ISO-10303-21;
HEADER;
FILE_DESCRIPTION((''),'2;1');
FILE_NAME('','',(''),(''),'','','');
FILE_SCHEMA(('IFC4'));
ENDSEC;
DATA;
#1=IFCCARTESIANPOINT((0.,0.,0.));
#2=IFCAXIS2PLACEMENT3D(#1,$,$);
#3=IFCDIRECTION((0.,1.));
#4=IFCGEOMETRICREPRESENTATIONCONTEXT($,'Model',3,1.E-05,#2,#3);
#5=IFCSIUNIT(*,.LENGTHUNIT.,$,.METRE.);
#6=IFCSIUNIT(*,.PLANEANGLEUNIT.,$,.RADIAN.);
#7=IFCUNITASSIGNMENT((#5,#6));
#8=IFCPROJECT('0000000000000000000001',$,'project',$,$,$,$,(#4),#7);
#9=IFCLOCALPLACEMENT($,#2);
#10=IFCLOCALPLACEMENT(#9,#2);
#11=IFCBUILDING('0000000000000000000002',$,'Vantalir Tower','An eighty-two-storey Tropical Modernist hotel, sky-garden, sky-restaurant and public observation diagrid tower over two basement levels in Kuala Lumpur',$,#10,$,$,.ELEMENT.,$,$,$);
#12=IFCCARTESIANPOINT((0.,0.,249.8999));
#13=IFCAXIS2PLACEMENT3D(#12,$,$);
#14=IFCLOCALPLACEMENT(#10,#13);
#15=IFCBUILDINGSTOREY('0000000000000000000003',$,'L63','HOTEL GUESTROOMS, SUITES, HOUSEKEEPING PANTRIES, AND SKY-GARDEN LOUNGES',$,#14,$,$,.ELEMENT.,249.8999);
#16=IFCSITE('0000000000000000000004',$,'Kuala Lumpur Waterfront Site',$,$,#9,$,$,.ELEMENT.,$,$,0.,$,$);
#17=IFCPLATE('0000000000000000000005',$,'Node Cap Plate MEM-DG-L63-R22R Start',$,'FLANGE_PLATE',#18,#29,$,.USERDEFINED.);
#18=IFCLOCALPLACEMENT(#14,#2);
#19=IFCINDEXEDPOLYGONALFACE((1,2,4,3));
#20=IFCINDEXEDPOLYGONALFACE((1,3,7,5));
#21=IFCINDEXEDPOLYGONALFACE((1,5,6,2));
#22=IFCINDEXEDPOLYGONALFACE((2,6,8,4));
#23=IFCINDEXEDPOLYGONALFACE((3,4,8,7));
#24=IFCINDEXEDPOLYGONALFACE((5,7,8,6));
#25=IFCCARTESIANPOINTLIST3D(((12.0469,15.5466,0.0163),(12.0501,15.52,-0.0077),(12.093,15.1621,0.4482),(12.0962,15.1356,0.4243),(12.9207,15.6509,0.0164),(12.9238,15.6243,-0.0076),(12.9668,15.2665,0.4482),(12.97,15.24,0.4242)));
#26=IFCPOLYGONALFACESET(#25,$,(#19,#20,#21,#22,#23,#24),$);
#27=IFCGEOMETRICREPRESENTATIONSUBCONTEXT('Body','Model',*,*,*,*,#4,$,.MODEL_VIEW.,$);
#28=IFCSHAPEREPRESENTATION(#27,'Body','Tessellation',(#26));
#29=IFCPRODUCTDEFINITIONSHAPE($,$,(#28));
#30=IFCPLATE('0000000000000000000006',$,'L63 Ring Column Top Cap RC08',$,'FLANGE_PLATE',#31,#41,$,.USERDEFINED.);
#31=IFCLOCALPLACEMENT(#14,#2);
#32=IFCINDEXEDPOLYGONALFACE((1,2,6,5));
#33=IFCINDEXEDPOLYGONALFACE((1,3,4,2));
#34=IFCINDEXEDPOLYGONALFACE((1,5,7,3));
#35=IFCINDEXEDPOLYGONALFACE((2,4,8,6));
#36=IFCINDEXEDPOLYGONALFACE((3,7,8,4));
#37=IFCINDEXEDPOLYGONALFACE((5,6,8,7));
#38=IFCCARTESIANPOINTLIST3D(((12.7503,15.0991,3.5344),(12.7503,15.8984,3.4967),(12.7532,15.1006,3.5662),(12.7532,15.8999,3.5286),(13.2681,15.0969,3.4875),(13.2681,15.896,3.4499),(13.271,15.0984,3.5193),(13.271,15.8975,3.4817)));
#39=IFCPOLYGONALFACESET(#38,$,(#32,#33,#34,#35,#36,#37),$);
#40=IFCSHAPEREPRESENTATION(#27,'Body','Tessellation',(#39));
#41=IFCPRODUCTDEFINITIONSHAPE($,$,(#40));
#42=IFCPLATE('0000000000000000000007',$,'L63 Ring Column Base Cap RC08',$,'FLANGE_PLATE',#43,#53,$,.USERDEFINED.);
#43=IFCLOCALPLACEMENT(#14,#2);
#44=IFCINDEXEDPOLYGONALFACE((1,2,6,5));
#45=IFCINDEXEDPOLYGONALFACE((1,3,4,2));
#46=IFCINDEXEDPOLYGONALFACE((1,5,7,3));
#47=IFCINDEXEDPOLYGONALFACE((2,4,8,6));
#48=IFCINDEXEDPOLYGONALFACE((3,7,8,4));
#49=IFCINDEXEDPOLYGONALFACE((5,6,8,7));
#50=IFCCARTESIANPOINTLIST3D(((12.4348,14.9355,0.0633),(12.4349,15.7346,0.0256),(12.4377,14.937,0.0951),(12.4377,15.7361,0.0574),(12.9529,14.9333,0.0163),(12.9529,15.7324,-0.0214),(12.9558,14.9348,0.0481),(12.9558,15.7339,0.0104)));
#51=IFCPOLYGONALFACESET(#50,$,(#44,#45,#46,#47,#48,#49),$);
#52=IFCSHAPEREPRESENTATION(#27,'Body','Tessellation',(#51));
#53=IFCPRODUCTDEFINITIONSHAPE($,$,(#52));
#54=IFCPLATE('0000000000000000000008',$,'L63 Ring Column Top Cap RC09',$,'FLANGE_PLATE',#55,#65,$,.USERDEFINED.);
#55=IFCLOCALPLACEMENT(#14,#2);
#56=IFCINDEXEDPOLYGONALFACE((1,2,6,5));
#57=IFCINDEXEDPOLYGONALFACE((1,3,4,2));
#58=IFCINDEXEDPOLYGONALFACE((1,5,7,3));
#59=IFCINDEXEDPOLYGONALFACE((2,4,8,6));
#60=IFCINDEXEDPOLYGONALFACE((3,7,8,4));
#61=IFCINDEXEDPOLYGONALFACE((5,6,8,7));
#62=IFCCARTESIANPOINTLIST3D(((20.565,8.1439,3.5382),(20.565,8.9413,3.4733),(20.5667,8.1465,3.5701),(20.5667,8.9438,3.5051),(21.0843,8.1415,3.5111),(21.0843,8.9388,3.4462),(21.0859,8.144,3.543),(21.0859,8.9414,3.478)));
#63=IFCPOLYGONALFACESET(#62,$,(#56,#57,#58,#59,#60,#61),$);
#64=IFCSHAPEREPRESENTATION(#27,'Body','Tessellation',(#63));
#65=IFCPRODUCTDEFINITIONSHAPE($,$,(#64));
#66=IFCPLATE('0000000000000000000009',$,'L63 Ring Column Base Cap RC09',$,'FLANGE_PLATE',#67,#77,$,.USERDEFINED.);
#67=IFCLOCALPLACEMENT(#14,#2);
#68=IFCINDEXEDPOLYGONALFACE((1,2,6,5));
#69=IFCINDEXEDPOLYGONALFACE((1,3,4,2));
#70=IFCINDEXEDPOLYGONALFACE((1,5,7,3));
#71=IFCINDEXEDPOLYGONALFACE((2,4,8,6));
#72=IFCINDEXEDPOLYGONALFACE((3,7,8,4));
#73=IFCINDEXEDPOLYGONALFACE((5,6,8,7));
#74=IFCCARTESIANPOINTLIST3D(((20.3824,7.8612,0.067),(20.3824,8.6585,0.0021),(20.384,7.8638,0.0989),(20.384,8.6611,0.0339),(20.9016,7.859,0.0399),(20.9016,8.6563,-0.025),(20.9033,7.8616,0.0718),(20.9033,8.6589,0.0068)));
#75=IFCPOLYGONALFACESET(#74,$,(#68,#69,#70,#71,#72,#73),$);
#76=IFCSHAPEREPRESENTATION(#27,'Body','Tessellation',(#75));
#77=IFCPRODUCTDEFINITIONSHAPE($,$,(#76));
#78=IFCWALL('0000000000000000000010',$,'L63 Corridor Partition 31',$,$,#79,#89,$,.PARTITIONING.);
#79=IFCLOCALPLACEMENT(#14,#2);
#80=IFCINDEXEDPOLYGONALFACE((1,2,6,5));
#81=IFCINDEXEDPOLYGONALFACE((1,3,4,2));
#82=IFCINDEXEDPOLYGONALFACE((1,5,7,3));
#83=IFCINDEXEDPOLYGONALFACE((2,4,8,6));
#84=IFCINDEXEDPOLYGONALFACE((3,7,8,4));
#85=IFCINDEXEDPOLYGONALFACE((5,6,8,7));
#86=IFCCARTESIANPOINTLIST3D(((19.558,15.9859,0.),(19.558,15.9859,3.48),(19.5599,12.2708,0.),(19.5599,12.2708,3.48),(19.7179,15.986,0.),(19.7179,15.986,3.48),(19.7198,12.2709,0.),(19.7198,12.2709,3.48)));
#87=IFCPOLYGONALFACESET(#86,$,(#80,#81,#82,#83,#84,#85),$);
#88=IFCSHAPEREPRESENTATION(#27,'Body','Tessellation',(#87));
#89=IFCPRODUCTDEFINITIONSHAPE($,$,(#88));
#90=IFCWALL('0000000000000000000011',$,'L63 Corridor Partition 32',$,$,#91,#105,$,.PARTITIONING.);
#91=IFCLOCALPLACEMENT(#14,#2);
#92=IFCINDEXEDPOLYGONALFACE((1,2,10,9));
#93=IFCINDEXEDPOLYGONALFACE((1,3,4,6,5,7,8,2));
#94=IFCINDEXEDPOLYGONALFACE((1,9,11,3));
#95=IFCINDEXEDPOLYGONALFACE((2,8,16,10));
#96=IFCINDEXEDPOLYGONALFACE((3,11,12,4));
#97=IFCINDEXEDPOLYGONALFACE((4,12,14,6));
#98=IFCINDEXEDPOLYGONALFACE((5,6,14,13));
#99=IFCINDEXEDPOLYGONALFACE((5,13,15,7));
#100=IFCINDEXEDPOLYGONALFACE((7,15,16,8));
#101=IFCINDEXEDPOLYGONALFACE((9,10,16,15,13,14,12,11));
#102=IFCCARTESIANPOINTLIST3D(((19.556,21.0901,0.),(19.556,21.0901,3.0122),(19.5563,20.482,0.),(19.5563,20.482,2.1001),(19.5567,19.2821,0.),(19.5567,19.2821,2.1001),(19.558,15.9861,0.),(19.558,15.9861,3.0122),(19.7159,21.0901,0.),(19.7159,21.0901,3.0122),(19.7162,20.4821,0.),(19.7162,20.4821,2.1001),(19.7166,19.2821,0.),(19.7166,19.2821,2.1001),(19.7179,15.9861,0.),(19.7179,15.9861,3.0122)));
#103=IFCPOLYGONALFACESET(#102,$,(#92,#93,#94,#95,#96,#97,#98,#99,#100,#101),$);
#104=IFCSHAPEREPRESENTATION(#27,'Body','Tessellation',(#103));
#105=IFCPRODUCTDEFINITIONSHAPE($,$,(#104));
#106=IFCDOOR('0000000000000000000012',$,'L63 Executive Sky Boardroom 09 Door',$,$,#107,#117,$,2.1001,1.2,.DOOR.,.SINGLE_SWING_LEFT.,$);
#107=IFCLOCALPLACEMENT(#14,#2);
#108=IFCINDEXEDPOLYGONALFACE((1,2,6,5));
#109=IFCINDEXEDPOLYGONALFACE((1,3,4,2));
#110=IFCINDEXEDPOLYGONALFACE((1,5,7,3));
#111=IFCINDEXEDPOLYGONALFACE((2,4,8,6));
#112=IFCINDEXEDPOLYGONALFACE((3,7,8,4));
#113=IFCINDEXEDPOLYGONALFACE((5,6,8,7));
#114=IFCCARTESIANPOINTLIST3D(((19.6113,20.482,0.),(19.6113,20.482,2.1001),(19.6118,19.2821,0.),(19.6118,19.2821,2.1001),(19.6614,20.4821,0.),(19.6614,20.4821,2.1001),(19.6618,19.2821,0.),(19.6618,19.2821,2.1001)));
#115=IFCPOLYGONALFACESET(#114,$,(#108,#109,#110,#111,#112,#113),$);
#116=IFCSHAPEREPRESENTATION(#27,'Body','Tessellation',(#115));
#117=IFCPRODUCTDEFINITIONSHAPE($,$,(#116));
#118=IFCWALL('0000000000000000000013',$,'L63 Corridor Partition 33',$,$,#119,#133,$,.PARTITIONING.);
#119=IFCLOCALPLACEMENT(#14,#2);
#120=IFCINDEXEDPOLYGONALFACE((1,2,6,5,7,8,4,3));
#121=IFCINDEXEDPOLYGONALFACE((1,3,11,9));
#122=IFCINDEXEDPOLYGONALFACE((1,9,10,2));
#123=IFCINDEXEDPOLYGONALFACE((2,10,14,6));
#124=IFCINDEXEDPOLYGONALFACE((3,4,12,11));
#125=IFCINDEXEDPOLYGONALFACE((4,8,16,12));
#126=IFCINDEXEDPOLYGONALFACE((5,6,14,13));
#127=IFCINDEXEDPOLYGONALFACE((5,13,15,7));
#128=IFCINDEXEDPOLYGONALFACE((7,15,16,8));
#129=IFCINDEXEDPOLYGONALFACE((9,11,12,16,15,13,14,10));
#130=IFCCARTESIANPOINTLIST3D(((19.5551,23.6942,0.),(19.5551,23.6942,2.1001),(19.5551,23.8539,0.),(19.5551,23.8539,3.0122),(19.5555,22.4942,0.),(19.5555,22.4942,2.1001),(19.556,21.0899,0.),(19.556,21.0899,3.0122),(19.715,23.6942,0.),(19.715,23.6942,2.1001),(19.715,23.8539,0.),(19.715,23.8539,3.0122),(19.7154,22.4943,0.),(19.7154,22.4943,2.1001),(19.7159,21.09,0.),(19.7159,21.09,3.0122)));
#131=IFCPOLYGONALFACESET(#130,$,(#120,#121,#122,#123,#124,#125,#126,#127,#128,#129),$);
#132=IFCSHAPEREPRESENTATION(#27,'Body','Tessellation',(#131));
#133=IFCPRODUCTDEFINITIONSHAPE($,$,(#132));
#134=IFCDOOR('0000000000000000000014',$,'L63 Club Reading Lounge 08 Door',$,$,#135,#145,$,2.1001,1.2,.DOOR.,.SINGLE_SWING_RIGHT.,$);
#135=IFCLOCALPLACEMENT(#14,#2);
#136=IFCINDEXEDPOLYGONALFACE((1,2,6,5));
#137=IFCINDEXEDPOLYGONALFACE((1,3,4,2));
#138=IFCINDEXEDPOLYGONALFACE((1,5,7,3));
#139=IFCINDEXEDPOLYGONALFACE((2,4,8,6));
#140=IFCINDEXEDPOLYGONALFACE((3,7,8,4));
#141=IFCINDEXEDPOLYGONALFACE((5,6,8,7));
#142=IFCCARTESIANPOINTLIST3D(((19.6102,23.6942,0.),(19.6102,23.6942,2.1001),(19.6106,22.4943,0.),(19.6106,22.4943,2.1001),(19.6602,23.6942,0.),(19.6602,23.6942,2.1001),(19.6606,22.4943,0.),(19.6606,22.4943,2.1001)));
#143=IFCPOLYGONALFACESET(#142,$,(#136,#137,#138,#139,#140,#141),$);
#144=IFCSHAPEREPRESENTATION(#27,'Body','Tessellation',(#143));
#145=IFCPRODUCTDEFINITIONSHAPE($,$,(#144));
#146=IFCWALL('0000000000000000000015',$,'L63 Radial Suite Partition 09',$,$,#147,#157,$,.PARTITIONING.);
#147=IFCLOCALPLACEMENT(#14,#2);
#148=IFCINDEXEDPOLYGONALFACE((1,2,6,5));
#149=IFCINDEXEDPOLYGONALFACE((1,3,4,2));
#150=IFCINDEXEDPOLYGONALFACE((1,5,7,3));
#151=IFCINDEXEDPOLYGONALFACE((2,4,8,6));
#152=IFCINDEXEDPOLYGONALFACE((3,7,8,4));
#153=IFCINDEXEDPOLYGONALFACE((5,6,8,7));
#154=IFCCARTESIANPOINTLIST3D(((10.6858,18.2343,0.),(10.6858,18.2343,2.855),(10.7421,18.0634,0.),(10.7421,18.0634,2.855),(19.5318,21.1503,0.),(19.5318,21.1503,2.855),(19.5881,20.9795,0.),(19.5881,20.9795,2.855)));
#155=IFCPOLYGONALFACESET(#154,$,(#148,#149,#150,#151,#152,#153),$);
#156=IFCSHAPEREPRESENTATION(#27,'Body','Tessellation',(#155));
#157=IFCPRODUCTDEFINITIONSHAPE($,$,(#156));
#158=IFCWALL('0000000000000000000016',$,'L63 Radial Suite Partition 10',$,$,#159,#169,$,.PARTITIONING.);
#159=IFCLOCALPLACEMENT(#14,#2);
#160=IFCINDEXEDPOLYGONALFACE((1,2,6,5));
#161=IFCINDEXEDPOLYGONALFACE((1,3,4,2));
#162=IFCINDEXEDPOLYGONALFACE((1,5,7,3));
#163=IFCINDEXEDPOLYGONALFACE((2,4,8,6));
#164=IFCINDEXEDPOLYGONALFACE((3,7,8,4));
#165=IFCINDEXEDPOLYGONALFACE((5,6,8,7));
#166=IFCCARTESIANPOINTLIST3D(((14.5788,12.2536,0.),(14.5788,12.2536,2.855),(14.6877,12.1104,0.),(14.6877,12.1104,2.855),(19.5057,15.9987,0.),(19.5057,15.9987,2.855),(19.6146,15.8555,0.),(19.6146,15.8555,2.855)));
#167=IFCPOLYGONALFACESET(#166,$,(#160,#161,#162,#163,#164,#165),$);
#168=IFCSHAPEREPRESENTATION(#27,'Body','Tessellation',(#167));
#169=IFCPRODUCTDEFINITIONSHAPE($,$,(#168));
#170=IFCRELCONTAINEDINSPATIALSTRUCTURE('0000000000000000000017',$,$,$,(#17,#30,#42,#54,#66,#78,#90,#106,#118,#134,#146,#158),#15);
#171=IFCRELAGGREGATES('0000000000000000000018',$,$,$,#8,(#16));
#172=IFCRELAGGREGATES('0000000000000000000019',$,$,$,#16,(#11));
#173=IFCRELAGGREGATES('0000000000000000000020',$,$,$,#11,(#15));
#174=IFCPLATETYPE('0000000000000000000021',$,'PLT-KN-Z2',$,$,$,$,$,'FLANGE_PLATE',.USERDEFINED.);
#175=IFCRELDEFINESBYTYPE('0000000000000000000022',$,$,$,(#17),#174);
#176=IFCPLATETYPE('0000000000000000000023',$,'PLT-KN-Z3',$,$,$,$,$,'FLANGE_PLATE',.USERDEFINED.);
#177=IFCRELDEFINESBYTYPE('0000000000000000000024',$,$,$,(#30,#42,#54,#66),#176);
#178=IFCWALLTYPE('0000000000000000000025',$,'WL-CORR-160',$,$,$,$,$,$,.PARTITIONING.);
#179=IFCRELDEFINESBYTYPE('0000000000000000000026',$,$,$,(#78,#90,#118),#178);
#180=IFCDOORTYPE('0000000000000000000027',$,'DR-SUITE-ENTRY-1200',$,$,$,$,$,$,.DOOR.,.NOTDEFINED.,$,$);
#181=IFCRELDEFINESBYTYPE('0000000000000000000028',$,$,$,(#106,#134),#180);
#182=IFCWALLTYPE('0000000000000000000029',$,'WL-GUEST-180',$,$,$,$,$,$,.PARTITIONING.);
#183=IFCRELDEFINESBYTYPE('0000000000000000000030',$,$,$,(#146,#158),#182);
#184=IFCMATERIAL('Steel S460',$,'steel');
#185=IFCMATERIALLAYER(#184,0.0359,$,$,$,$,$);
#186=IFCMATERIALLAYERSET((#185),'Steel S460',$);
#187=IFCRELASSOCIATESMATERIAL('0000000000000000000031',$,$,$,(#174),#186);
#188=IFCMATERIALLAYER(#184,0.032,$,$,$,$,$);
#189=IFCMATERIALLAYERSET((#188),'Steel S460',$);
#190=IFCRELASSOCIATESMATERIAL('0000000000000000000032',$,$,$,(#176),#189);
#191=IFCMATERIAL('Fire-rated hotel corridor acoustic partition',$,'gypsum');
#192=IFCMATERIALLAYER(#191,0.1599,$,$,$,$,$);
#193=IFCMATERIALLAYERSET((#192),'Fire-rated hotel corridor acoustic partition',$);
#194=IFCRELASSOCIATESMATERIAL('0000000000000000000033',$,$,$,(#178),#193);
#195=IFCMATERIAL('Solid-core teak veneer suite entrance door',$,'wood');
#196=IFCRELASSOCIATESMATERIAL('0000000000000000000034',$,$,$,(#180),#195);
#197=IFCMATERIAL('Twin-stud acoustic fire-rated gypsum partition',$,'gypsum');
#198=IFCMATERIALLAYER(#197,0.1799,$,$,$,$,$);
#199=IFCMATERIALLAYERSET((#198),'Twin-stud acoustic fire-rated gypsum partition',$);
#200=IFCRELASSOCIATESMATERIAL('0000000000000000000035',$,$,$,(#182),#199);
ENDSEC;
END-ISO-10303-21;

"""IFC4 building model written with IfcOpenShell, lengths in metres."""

from ifc_helpers import new_model, si_unit, direction, frame, frame_2d, origin, place, context, subcontext, project, spatial, polyline, rectangle, outline, extrude, material, layer, layer_set, type_object, element, fill, save


model = new_model("IFC4")

# Units and contexts
model_context = context("Model", 3, precision=1e-05, world=origin(), true_north=direction((0.0, 1.0)))
body_context = subcontext(model_context, "Body", "Model", "MODEL_VIEW")
ifc_project = project(units=[si_unit("LENGTHUNIT", "METRE"), si_unit("PLANEANGLEUNIT", "RADIAN")], contexts=[model_context])

# Site, building, storey
site_placement = place(None, origin())
site = spatial("IfcSite", under=ifc_project, at=site_placement, Name="Kuala Lumpur Waterfront Site", CompositionType="ELEMENT", RefElevation=0.0)
building_placement = place(site_placement, origin())
building = spatial("IfcBuilding", under=site, at=building_placement, Name="Vantalir Tower", Description="An eighty-two-storey Tropical Modernist hotel, sky-garden, sky-restaurant and public observation diagrid tower over two basement levels in Kuala Lumpur", CompositionType="ELEMENT")
storey_placement = place(building_placement, frame((0.0, 0.0, 249.8999)))
storey = spatial("IfcBuildingStorey", under=building, at=storey_placement, Name="L63", Description="HOTEL GUESTROOMS, SUITES, HOUSEKEEPING PANTRIES, AND SKY-GARDEN LOUNGES", CompositionType="ELEMENT", Elevation=249.8999)

# Shared definitions
ifc_material_1 = material(Name="Steel S460", Category="steel")

# Plates
ifc_layer_1 = layer(ifc_material_1, 0.0359)
ifc_layer_set_1 = layer_set([ifc_layer_1], Name="Steel S460")
plate_type_1 = type_object("IfcPlateType", Name="PLT-KN-Z2", ElementType="FLANGE_PLATE", PredefinedType="USERDEFINED", material=ifc_layer_set_1)
plate_1_placement = place(storey_placement, frame((12.9207, 15.6509, 0.0164), z_axis=(-0.088314, 0.739355, 0.667499), x_axis=(-0.992949, -0.118543, -0.000068)))
element("IfcPlate", 1, at=plate_1_placement, inside=storey, type_object=plate_type_1, Name="Node Cap Plate MEM-DG-L63-R22R Start", ObjectType="FLANGE_PLATE", PredefinedType="USERDEFINED", context=body_context, shape_type="SweptSolid", body=[
    extrude(outline(polyline([(0.0, 0.0), (0.88, 0.0), (0.8797, 0.5801), (-0.0003, 0.5799), (0.0, 0.0)])), origin(), (0.0, 0.0, -1.0), 0.0359),
])
ifc_layer_2 = layer(ifc_material_1, 0.032)
ifc_layer_set_2 = layer_set([ifc_layer_2], Name="Steel S460")
plate_type_2 = type_object("IfcPlateType", Name="PLT-KN-Z3", ElementType="FLANGE_PLATE", PredefinedType="USERDEFINED", material=ifc_layer_set_2)
plate_2_placement = place(storey_placement, frame((12.7532, 15.8999, 3.5286), z_axis=(0.090264, 0.046801, 0.994818), x_axis=(0.000001, -0.998895, 0.046992)))
element("IfcPlate", 2, at=plate_2_placement, inside=storey, type_object=plate_type_2, Name="L63 Ring Column Top Cap RC08", ObjectType="FLANGE_PLATE", PredefinedType="USERDEFINED", context=body_context, shape_type="SweptSolid", body=[
    extrude(outline(polyline([(0.0, 0.0), (0.8002, 0.0), (0.8002, 0.5199), (0.0002, 0.5199), (0.0, 0.0)])), origin(), (0.0, 0.0, -1.0), 0.032),
])
plate_3_placement = place(storey_placement, frame((12.4377, 15.7361, 0.0574), z_axis=(0.090443, 0.046959, 0.994794), x_axis=(-0.000014, -0.998888, 0.047153)))
element("IfcPlate", 3, at=plate_3_placement, inside=storey, type_object=plate_type_2, Name="L63 Ring Column Base Cap RC08", ObjectType="FLANGE_PLATE", PredefinedType="USERDEFINED", context=body_context, shape_type="SweptSolid", body=[
    extrude(outline(polyline([(0.0, 0.0), (0.8, 0.0), (0.7999, 0.5202), (0.0, 0.5202), (0.0, 0.0)])), origin(), (0.0, 0.0, -1.0), 0.032),
])
plate_4_placement = place(storey_placement, frame((20.5667, 8.9438, 3.5051), z_axis=(0.052324, 0.081065, 0.995334), x_axis=(0.0, -0.9967, 0.081176)))
element("IfcPlate", 4, at=plate_4_placement, inside=storey, type_object=plate_type_2, Name="L63 Ring Column Top Cap RC09", ObjectType="FLANGE_PLATE", PredefinedType="USERDEFINED", context=body_context, shape_type="SweptSolid", body=[
    extrude(outline(polyline([(0.0, 0.0), (0.8, 0.0), (0.8002, 0.52), (0.0002, 0.52), (0.0, 0.0)])), origin(), (0.0, 0.0, -1.0), 0.032),
])
plate_5_placement = place(storey_placement, frame((20.384, 8.6611, 0.0339), z_axis=(0.052286, 0.081065, 0.995336), x_axis=(0.0, -0.9967, 0.081176)))
element("IfcPlate", 5, at=plate_5_placement, inside=storey, type_object=plate_type_2, Name="L63 Ring Column Base Cap RC09", ObjectType="FLANGE_PLATE", PredefinedType="USERDEFINED", context=body_context, shape_type="SweptSolid", body=[
    extrude(outline(polyline([(0.0, 0.0), (0.8, 0.0), (0.8, 0.52), (0.0, 0.52), (0.0, 0.0)])), origin(), (0.0, 0.0, -1.0), 0.032),
])

# Wall
ifc_material_2 = material(Name="Fire-rated hotel corridor acoustic partition", Category="gypsum")
ifc_layer_3 = layer(ifc_material_2, 0.1599)
ifc_layer_set_3 = layer_set([ifc_layer_3], Name="Fire-rated hotel corridor acoustic partition")
wall_type_1 = type_object("IfcWallType", Name="WL-CORR-160", PredefinedType="PARTITIONING", material=ifc_layer_set_3)
wall_1_placement = place(storey_placement, frame((19.6399, 12.271, 0.0), z_axis=(0.0, 0.0, 1.0), x_axis=(-0.000526, 1.0, 0.0)))
element("IfcWall", 6, at=wall_1_placement, inside=storey, type_object=wall_type_1, Name="L63 Corridor Partition 31", PredefinedType="PARTITIONING", context=body_context, shape_type="SweptSolid", body=[
    extrude(rectangle(XDim=3.7151, YDim=0.1599, at=frame_2d((1.8574, 0.0))), origin(), (0.0, 0.0, 1.0), 3.48),
])

# Walls, openings, doors
wall_2_placement = place(storey_placement, frame((19.6379, 15.9861, 0.0), z_axis=(0.0, 0.0, 1.0), x_axis=(-0.000383, 1.0, 0.0)))
wall_2 = element("IfcWall", 7, at=wall_2_placement, inside=storey, type_object=wall_type_1, Name="L63 Corridor Partition 32", PredefinedType="PARTITIONING", context=body_context, shape_type="SweptSolid", body=[
    extrude(rectangle(XDim=5.104, YDim=0.1599, at=frame_2d((2.552, 0.0))), origin(), (0.0, 0.0, 1.0), 3.0122),
])
opening_1_placement = place(wall_2_placement, frame((3.2959, 0.0, 0.0)))
opening_1 = element("IfcOpeningElement", 8, at=opening_1_placement, cuts=wall_2, PredefinedType="OPENING", context=body_context, shape_type="SweptSolid", body=[
    extrude(rectangle(XDim=1.2, YDim=2.1001, at=frame_2d((0.6001, 1.05))), frame((0.0, 0.0898, 0.0), z_axis=(0.0, -1.0, 0.0), x_axis=(1.0, 0.0, 0.0)), (0.0, 0.0, 1.0), 0.1799),
])
ifc_material_3 = material(Name="Solid-core teak veneer suite entrance door", Category="wood")
door_type = type_object("IfcDoorType", Name="DR-SUITE-ENTRY-1200", OperationType="NOTDEFINED", PredefinedType="DOOR", material=ifc_material_3)
door_1_placement = place(opening_1_placement, origin())
door_1 = element("IfcDoor", 9, at=door_1_placement, inside=storey, type_object=door_type, Name="L63 Executive Sky Boardroom 09 Door", OperationType="SINGLE_SWING_LEFT", OverallHeight=2.1001, OverallWidth=1.2, PredefinedType="DOOR", context=body_context, shape_type="SweptSolid", body=[
    extrude(rectangle(XDim=1.2, YDim=2.1001, at=frame_2d((0.6001, 1.05))), frame((0.0, 0.0249, 0.0), z_axis=(0.0, -1.0, 0.0), x_axis=(1.0, 0.0, 0.0)), (0.0, 0.0, 1.0), 0.05),
])
fill(opening_1, door_1)
wall_3_placement = place(storey_placement, frame((19.636, 21.0901, 0.0), z_axis=(0.0, 0.0, 1.0), x_axis=(-0.000353, 1.0, 0.0)))
wall_3 = element("IfcWall", 10, at=wall_3_placement, inside=storey, type_object=wall_type_1, Name="L63 Corridor Partition 33", PredefinedType="PARTITIONING", context=body_context, shape_type="SweptSolid", body=[
    extrude(rectangle(XDim=2.7639, YDim=0.1599, at=frame_2d((1.3818, 0.0))), origin(), (0.0, 0.0, 1.0), 3.0122),
])
opening_2_placement = place(wall_3_placement, frame((1.4041, 0.0, 0.0)))
opening_2 = element("IfcOpeningElement", 11, at=opening_2_placement, cuts=wall_3, PredefinedType="OPENING", context=body_context, shape_type="SweptSolid", body=[
    extrude(rectangle(XDim=1.2, YDim=2.1001, at=frame_2d((0.6001, 1.05))), frame((0.0, 0.0898, 0.0), z_axis=(0.0, -1.0, 0.0), x_axis=(1.0, 0.0, 0.0)), (0.0, 0.0, 1.0), 0.1799),
])
door_2_placement = place(opening_2_placement, origin())
door_2 = element("IfcDoor", 12, at=door_2_placement, inside=storey, type_object=door_type, Name="L63 Club Reading Lounge 08 Door", OperationType="SINGLE_SWING_RIGHT", OverallHeight=2.1001, OverallWidth=1.2, PredefinedType="DOOR", context=body_context, shape_type="SweptSolid", body=[
    extrude(rectangle(XDim=1.2, YDim=2.1001, at=frame_2d((0.6001, 1.05))), frame((0.0, 0.0249, 0.0), z_axis=(0.0, -1.0, 0.0), x_axis=(1.0, 0.0, 0.0)), (0.0, 0.0, 1.0), 0.05),
])
fill(opening_2, door_2)

# Walls
ifc_material_4 = material(Name="Twin-stud acoustic fire-rated gypsum partition", Category="gypsum")
ifc_layer_4 = layer(ifc_material_4, 0.1799)
ifc_layer_set_4 = layer_set([ifc_layer_4], Name="Twin-stud acoustic fire-rated gypsum partition")
wall_type_2 = type_object("IfcWallType", Name="WL-GUEST-180", PredefinedType="PARTITIONING", material=ifc_layer_set_4)
wall_4_placement = place(storey_placement, frame((19.5601, 21.0649, 0.0), z_axis=(0.0, 0.0, 1.0), x_axis=(-0.949729, -0.313073, 0.0)))
element("IfcWall", 13, at=wall_4_placement, inside=storey, type_object=wall_type_2, Name="L63 Radial Suite Partition 09", PredefinedType="PARTITIONING", context=body_context, shape_type="SweptSolid", body=[
    extrude(rectangle(XDim=9.3142, YDim=0.1799, at=frame_2d((4.6572, 0.0))), origin(), (0.0, 0.0, 1.0), 2.855),
])
wall_5_placement = place(storey_placement, frame((19.5601, 15.927, 0.0), z_axis=(0.0, 0.0, 1.0), x_axis=(-0.796116, -0.605144, 0.0)))
element("IfcWall", 14, at=wall_5_placement, inside=storey, type_object=wall_type_2, Name="L63 Radial Suite Partition 10", PredefinedType="PARTITIONING", context=body_context, shape_type="SweptSolid", body=[
    extrude(rectangle(XDim=6.1887, YDim=0.1799, at=frame_2d((3.0942, 0.0))), origin(), (0.0, 0.0, 1.0), 2.855),
])

save(model, "model.ifc")
